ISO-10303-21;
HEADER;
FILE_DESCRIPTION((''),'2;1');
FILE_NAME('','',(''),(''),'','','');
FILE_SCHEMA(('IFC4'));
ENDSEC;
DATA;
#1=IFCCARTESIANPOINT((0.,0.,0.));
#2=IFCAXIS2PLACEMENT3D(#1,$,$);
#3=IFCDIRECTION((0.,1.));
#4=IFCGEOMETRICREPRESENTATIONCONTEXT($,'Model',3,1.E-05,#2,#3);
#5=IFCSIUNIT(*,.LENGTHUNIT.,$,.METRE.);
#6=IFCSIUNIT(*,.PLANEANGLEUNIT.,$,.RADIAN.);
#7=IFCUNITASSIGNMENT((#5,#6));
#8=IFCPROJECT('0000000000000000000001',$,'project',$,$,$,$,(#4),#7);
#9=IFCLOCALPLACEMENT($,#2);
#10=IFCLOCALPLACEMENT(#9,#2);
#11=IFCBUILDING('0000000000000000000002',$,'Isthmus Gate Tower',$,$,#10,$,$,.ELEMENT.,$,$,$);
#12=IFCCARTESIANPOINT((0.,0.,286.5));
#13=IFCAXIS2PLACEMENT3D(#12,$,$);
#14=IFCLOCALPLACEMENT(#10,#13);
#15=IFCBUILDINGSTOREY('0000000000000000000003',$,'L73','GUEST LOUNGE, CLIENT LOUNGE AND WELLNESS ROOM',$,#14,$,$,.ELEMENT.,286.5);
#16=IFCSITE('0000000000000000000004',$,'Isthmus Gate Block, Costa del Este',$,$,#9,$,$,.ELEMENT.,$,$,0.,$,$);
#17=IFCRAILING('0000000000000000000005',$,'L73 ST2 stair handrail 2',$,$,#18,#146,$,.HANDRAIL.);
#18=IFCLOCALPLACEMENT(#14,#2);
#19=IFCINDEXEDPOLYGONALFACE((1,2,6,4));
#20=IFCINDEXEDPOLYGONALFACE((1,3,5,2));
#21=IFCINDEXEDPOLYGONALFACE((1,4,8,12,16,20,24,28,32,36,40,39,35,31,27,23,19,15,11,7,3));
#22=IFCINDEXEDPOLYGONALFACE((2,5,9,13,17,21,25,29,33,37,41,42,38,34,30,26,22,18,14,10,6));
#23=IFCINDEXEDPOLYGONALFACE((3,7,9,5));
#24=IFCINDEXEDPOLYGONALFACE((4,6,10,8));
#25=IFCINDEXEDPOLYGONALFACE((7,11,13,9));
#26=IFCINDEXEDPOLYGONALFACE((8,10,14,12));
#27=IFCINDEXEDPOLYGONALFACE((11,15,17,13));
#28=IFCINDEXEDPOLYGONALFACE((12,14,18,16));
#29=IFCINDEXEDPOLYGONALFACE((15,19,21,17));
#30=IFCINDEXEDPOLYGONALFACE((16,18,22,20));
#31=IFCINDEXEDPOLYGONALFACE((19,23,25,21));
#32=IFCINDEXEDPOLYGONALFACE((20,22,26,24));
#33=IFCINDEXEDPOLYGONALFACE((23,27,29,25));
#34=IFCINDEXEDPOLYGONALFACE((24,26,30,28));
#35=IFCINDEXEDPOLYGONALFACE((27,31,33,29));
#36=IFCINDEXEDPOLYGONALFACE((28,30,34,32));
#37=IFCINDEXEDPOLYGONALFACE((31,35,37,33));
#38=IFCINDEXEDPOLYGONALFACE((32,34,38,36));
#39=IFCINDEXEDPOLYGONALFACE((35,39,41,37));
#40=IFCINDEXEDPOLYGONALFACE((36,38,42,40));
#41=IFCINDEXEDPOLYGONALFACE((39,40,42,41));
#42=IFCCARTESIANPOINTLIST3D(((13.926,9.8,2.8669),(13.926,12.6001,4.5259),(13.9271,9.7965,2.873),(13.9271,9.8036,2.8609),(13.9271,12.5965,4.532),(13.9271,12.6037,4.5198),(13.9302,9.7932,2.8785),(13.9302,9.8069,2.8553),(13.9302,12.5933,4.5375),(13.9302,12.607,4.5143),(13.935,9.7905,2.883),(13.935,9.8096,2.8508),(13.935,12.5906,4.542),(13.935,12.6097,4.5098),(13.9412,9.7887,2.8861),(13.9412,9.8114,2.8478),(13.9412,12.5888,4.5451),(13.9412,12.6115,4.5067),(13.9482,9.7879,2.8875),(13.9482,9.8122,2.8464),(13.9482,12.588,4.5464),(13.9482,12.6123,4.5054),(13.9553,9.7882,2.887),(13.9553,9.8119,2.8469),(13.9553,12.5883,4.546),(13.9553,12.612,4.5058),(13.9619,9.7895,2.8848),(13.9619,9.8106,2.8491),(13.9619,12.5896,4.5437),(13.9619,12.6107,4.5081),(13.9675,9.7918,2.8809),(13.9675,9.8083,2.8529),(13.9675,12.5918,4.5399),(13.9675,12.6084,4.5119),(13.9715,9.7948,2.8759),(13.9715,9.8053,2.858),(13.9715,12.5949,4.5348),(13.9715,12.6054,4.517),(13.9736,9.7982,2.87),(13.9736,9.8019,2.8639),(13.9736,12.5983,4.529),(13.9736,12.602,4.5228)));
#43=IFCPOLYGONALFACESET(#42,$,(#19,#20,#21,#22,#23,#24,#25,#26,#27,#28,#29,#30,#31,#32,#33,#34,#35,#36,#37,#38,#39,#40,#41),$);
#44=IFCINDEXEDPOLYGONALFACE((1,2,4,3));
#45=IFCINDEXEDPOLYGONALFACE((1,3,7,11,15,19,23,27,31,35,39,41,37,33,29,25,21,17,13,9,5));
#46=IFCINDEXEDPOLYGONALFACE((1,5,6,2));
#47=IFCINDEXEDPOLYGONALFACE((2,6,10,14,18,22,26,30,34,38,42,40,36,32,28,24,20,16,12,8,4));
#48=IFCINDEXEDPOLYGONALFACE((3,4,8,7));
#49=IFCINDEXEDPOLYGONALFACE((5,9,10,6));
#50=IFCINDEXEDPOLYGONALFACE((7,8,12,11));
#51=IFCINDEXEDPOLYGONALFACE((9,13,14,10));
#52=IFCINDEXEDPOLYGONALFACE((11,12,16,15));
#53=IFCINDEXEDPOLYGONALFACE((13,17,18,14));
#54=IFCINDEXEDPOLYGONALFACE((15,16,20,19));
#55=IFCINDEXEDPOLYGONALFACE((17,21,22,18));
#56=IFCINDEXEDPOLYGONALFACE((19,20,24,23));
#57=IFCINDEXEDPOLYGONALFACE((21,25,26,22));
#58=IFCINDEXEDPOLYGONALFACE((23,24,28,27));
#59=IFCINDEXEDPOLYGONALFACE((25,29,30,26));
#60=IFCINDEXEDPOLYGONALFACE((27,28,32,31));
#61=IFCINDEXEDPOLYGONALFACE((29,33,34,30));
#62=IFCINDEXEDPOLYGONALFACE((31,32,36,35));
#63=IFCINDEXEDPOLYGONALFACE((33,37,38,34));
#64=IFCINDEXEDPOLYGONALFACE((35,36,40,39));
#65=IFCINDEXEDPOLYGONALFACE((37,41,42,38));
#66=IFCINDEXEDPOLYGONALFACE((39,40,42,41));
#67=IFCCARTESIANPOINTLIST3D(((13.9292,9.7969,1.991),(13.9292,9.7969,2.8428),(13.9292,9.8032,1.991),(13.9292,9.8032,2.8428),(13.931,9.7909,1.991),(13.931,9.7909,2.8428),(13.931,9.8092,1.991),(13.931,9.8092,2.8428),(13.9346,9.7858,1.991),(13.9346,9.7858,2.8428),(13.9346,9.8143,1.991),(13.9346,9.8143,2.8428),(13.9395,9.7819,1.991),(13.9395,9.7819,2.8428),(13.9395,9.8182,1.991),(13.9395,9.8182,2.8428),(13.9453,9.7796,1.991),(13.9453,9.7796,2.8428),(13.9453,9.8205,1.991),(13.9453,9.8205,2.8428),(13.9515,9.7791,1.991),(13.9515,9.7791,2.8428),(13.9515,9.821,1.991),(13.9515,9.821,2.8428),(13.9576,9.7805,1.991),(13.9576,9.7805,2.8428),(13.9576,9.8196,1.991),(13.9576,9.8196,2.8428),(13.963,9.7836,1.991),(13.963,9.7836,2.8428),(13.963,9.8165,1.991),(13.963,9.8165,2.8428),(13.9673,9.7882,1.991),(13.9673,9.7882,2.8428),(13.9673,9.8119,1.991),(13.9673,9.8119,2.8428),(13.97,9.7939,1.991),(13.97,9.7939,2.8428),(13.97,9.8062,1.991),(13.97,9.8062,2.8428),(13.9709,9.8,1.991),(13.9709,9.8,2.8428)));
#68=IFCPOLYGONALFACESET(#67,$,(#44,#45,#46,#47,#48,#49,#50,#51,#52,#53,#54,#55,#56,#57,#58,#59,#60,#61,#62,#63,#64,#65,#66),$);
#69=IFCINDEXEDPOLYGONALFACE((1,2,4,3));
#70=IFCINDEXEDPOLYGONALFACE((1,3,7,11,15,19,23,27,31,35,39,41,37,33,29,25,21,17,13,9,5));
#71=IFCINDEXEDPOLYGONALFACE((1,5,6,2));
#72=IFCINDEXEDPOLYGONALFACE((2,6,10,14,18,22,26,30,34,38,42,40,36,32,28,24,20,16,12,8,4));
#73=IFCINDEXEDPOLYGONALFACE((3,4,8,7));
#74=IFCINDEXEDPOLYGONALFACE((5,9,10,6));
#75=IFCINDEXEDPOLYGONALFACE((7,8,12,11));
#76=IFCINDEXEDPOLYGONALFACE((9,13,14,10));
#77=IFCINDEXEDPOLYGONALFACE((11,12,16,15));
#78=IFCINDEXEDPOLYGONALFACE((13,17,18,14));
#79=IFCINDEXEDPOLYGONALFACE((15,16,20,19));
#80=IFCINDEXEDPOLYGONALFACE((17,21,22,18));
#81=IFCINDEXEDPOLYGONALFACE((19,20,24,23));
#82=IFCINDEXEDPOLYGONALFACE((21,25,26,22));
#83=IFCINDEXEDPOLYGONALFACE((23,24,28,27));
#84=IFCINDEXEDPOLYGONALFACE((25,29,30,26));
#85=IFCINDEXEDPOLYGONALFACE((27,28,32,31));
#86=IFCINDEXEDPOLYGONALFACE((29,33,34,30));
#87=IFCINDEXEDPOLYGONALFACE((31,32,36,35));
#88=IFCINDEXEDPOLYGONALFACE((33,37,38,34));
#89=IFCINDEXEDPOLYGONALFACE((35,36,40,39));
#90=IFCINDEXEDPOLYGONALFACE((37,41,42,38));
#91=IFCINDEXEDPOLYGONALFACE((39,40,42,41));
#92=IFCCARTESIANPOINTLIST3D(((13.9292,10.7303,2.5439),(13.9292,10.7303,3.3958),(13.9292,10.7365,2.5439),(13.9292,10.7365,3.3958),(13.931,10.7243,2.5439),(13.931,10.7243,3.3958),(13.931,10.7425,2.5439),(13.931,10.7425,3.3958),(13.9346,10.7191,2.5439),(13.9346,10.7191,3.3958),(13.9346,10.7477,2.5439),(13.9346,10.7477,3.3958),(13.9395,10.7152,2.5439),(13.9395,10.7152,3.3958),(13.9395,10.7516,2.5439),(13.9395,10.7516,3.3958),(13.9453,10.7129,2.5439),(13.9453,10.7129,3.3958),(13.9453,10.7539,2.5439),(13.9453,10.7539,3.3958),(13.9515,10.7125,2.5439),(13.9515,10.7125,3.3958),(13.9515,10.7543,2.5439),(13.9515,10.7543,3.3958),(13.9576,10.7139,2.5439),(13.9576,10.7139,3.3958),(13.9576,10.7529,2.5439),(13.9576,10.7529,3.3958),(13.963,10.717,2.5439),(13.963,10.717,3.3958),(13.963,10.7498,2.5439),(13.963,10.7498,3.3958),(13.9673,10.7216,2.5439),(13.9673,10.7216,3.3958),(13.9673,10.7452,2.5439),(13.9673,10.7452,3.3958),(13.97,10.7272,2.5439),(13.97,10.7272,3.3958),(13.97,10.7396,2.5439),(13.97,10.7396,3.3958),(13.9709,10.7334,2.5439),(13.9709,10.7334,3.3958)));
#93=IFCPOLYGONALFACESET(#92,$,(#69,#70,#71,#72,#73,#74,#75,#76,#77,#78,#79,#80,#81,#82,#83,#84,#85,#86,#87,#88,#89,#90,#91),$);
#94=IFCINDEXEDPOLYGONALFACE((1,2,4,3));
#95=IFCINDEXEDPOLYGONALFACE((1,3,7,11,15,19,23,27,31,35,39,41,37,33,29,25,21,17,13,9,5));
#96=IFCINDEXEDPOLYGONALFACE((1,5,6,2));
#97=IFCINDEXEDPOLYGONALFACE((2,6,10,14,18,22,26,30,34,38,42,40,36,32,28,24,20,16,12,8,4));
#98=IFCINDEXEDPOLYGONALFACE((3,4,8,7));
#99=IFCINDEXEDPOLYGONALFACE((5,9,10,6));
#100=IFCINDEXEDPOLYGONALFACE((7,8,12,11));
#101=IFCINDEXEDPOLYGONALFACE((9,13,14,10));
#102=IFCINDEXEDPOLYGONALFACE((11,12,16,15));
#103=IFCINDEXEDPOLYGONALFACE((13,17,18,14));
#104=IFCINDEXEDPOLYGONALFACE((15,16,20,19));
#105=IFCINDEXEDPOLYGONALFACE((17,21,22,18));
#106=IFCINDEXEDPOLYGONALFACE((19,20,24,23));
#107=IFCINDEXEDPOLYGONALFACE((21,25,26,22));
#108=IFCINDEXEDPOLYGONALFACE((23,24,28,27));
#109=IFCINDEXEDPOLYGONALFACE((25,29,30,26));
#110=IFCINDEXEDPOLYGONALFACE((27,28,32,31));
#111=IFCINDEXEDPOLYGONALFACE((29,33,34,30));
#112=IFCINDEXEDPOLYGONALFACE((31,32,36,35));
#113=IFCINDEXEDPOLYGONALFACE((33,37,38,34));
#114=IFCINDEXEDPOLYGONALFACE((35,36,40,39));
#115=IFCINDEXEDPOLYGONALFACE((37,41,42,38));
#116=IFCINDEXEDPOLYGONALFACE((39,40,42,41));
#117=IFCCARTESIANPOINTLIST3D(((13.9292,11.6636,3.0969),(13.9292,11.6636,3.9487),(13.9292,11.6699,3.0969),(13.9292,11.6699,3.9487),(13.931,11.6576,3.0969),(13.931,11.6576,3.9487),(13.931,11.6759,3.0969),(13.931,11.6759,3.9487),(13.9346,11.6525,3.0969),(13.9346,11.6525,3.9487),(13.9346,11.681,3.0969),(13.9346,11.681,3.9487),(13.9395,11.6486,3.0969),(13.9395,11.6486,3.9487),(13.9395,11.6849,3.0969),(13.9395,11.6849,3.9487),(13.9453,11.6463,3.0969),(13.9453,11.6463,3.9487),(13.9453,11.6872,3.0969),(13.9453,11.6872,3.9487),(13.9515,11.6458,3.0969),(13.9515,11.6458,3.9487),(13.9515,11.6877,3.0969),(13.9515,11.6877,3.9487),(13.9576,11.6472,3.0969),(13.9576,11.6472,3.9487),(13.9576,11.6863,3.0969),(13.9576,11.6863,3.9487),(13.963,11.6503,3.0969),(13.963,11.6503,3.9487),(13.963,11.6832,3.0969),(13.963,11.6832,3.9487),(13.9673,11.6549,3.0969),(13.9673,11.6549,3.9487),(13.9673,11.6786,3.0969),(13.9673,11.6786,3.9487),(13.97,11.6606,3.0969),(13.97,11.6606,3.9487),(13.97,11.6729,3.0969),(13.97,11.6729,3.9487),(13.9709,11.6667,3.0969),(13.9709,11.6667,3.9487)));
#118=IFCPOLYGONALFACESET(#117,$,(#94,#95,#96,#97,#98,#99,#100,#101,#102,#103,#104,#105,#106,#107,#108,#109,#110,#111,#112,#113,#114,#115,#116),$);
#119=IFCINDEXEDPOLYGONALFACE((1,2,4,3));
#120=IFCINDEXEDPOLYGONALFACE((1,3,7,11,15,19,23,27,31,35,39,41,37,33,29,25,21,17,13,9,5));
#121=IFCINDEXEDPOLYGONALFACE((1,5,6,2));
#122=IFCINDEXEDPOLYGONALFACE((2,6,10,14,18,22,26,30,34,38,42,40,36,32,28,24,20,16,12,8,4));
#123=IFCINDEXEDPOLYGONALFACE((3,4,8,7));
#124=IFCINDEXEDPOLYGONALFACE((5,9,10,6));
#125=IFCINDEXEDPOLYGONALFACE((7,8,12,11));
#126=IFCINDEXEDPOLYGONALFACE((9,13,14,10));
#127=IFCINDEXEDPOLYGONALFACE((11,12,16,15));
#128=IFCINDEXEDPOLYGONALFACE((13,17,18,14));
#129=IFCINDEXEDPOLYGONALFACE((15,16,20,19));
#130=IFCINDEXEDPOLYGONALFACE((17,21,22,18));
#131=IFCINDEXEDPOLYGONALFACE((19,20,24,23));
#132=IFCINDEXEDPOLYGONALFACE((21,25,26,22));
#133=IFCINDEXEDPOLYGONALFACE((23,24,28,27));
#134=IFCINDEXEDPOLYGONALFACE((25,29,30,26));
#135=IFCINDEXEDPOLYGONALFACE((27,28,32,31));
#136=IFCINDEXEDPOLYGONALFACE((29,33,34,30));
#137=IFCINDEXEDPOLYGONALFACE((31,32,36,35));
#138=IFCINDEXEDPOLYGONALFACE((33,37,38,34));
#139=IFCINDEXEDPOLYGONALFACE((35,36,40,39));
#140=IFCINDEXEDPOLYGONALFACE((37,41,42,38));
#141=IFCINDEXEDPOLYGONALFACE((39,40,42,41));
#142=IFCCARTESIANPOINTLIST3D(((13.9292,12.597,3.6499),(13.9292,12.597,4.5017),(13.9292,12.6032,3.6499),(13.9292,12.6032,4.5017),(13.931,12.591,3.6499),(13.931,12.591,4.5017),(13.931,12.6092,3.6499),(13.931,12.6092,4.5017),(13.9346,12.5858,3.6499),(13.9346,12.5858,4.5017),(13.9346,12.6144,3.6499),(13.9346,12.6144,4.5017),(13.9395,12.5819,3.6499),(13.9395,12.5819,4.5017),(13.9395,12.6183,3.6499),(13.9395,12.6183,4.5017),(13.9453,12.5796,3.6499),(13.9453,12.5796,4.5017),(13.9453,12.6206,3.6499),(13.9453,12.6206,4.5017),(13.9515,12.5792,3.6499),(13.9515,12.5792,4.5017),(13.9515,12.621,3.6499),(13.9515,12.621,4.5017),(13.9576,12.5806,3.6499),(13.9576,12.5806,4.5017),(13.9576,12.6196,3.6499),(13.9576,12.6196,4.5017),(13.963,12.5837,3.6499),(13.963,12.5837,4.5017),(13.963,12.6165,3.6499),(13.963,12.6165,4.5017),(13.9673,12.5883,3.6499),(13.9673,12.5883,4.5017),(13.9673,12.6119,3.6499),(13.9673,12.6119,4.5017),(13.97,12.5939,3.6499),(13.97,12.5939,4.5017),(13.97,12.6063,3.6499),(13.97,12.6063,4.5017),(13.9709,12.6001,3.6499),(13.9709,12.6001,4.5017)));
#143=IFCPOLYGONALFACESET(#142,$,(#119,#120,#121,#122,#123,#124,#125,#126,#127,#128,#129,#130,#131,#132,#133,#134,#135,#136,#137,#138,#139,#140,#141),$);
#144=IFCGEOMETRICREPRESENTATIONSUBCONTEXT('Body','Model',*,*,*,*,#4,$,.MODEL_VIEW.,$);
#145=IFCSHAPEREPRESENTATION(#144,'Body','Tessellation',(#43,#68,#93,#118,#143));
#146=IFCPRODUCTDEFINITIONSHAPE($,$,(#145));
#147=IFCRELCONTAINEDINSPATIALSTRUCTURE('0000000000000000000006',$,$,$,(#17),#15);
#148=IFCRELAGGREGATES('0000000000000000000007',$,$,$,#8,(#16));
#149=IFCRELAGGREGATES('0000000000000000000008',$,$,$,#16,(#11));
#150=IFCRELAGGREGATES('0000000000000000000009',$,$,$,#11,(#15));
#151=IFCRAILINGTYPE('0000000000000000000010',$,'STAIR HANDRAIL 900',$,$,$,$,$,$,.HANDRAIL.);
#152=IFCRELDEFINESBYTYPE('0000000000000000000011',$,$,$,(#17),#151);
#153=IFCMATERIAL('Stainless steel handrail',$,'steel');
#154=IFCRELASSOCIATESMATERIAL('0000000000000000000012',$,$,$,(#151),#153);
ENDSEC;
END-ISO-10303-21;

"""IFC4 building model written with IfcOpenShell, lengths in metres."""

from ifc_helpers import new_model, si_unit, direction, frame, origin, origin_2d, place, context, subcontext, project, spatial, circle, extrude, material, type_object, element, save


model = new_model("IFC4")

# Units and contexts
model_context = context("Model", 3, precision=1e-05, world=origin(), true_north=direction((0.0, 1.0)))
body_context = subcontext(model_context, "Body", "Model", "MODEL_VIEW")
ifc_project = project(units=[si_unit("LENGTHUNIT", "METRE"), si_unit("PLANEANGLEUNIT", "RADIAN")], contexts=[model_context])

# Site, building, storey
site_placement = place(None, origin())
site = spatial("IfcSite", under=ifc_project, at=site_placement, Name="Isthmus Gate Block, Costa del Este", CompositionType="ELEMENT", RefElevation=0.0)
building_placement = place(site_placement, origin())
building = spatial("IfcBuilding", under=site, at=building_placement, Name="Isthmus Gate Tower", CompositionType="ELEMENT")
storey_placement = place(building_placement, frame((0.0, 0.0, 286.5)))
storey = spatial("IfcBuildingStorey", under=building, at=storey_placement, Name="L73", Description="GUEST LOUNGE, CLIENT LOUNGE AND WELLNESS ROOM", CompositionType="ELEMENT", Elevation=286.5)

# Railing
ifc_material_1 = material(Name="Stainless steel handrail", Category="steel")
railing_type_1 = type_object("IfcRailingType", Name="STAIR HANDRAIL 900", PredefinedType="HANDRAIL", material=ifc_material_1)
railing_1_placement = place(storey_placement, frame((13.95, 9.8, 1.991)))
element("IfcRailing", 1, at=railing_1_placement, inside=storey, type_object=railing_type_1, Name="L73 ST2 stair handrail 2", PredefinedType="HANDRAIL", context=body_context, shape_type="SweptSolid", body=[
    extrude(circle(Radius=0.0239, at=origin_2d()), frame((0.0, 0.0, 0.876), z_axis=(0.0, 0.860339, 0.509722), x_axis=(-1.0, 0.0, 0.0)), (0.0, 0.0, 1.0), 3.2546),
    extrude(circle(Radius=0.021, at=origin_2d()), origin(), (0.0, 0.0, 1.0), 0.8518),
    extrude(circle(Radius=0.021, at=origin_2d()), frame((0.0, 0.9333, 0.553)), (0.0, 0.0, 1.0), 0.8518),
    extrude(circle(Radius=0.021, at=origin_2d()), frame((0.0, 1.8667, 1.106)), (0.0, 0.0, 1.0), 0.8518),
    extrude(circle(Radius=0.021, at=origin_2d()), frame((0.0, 2.8, 1.6589)), (0.0, 0.0, 1.0), 0.8518),
])

save(model, "model.ifc")
